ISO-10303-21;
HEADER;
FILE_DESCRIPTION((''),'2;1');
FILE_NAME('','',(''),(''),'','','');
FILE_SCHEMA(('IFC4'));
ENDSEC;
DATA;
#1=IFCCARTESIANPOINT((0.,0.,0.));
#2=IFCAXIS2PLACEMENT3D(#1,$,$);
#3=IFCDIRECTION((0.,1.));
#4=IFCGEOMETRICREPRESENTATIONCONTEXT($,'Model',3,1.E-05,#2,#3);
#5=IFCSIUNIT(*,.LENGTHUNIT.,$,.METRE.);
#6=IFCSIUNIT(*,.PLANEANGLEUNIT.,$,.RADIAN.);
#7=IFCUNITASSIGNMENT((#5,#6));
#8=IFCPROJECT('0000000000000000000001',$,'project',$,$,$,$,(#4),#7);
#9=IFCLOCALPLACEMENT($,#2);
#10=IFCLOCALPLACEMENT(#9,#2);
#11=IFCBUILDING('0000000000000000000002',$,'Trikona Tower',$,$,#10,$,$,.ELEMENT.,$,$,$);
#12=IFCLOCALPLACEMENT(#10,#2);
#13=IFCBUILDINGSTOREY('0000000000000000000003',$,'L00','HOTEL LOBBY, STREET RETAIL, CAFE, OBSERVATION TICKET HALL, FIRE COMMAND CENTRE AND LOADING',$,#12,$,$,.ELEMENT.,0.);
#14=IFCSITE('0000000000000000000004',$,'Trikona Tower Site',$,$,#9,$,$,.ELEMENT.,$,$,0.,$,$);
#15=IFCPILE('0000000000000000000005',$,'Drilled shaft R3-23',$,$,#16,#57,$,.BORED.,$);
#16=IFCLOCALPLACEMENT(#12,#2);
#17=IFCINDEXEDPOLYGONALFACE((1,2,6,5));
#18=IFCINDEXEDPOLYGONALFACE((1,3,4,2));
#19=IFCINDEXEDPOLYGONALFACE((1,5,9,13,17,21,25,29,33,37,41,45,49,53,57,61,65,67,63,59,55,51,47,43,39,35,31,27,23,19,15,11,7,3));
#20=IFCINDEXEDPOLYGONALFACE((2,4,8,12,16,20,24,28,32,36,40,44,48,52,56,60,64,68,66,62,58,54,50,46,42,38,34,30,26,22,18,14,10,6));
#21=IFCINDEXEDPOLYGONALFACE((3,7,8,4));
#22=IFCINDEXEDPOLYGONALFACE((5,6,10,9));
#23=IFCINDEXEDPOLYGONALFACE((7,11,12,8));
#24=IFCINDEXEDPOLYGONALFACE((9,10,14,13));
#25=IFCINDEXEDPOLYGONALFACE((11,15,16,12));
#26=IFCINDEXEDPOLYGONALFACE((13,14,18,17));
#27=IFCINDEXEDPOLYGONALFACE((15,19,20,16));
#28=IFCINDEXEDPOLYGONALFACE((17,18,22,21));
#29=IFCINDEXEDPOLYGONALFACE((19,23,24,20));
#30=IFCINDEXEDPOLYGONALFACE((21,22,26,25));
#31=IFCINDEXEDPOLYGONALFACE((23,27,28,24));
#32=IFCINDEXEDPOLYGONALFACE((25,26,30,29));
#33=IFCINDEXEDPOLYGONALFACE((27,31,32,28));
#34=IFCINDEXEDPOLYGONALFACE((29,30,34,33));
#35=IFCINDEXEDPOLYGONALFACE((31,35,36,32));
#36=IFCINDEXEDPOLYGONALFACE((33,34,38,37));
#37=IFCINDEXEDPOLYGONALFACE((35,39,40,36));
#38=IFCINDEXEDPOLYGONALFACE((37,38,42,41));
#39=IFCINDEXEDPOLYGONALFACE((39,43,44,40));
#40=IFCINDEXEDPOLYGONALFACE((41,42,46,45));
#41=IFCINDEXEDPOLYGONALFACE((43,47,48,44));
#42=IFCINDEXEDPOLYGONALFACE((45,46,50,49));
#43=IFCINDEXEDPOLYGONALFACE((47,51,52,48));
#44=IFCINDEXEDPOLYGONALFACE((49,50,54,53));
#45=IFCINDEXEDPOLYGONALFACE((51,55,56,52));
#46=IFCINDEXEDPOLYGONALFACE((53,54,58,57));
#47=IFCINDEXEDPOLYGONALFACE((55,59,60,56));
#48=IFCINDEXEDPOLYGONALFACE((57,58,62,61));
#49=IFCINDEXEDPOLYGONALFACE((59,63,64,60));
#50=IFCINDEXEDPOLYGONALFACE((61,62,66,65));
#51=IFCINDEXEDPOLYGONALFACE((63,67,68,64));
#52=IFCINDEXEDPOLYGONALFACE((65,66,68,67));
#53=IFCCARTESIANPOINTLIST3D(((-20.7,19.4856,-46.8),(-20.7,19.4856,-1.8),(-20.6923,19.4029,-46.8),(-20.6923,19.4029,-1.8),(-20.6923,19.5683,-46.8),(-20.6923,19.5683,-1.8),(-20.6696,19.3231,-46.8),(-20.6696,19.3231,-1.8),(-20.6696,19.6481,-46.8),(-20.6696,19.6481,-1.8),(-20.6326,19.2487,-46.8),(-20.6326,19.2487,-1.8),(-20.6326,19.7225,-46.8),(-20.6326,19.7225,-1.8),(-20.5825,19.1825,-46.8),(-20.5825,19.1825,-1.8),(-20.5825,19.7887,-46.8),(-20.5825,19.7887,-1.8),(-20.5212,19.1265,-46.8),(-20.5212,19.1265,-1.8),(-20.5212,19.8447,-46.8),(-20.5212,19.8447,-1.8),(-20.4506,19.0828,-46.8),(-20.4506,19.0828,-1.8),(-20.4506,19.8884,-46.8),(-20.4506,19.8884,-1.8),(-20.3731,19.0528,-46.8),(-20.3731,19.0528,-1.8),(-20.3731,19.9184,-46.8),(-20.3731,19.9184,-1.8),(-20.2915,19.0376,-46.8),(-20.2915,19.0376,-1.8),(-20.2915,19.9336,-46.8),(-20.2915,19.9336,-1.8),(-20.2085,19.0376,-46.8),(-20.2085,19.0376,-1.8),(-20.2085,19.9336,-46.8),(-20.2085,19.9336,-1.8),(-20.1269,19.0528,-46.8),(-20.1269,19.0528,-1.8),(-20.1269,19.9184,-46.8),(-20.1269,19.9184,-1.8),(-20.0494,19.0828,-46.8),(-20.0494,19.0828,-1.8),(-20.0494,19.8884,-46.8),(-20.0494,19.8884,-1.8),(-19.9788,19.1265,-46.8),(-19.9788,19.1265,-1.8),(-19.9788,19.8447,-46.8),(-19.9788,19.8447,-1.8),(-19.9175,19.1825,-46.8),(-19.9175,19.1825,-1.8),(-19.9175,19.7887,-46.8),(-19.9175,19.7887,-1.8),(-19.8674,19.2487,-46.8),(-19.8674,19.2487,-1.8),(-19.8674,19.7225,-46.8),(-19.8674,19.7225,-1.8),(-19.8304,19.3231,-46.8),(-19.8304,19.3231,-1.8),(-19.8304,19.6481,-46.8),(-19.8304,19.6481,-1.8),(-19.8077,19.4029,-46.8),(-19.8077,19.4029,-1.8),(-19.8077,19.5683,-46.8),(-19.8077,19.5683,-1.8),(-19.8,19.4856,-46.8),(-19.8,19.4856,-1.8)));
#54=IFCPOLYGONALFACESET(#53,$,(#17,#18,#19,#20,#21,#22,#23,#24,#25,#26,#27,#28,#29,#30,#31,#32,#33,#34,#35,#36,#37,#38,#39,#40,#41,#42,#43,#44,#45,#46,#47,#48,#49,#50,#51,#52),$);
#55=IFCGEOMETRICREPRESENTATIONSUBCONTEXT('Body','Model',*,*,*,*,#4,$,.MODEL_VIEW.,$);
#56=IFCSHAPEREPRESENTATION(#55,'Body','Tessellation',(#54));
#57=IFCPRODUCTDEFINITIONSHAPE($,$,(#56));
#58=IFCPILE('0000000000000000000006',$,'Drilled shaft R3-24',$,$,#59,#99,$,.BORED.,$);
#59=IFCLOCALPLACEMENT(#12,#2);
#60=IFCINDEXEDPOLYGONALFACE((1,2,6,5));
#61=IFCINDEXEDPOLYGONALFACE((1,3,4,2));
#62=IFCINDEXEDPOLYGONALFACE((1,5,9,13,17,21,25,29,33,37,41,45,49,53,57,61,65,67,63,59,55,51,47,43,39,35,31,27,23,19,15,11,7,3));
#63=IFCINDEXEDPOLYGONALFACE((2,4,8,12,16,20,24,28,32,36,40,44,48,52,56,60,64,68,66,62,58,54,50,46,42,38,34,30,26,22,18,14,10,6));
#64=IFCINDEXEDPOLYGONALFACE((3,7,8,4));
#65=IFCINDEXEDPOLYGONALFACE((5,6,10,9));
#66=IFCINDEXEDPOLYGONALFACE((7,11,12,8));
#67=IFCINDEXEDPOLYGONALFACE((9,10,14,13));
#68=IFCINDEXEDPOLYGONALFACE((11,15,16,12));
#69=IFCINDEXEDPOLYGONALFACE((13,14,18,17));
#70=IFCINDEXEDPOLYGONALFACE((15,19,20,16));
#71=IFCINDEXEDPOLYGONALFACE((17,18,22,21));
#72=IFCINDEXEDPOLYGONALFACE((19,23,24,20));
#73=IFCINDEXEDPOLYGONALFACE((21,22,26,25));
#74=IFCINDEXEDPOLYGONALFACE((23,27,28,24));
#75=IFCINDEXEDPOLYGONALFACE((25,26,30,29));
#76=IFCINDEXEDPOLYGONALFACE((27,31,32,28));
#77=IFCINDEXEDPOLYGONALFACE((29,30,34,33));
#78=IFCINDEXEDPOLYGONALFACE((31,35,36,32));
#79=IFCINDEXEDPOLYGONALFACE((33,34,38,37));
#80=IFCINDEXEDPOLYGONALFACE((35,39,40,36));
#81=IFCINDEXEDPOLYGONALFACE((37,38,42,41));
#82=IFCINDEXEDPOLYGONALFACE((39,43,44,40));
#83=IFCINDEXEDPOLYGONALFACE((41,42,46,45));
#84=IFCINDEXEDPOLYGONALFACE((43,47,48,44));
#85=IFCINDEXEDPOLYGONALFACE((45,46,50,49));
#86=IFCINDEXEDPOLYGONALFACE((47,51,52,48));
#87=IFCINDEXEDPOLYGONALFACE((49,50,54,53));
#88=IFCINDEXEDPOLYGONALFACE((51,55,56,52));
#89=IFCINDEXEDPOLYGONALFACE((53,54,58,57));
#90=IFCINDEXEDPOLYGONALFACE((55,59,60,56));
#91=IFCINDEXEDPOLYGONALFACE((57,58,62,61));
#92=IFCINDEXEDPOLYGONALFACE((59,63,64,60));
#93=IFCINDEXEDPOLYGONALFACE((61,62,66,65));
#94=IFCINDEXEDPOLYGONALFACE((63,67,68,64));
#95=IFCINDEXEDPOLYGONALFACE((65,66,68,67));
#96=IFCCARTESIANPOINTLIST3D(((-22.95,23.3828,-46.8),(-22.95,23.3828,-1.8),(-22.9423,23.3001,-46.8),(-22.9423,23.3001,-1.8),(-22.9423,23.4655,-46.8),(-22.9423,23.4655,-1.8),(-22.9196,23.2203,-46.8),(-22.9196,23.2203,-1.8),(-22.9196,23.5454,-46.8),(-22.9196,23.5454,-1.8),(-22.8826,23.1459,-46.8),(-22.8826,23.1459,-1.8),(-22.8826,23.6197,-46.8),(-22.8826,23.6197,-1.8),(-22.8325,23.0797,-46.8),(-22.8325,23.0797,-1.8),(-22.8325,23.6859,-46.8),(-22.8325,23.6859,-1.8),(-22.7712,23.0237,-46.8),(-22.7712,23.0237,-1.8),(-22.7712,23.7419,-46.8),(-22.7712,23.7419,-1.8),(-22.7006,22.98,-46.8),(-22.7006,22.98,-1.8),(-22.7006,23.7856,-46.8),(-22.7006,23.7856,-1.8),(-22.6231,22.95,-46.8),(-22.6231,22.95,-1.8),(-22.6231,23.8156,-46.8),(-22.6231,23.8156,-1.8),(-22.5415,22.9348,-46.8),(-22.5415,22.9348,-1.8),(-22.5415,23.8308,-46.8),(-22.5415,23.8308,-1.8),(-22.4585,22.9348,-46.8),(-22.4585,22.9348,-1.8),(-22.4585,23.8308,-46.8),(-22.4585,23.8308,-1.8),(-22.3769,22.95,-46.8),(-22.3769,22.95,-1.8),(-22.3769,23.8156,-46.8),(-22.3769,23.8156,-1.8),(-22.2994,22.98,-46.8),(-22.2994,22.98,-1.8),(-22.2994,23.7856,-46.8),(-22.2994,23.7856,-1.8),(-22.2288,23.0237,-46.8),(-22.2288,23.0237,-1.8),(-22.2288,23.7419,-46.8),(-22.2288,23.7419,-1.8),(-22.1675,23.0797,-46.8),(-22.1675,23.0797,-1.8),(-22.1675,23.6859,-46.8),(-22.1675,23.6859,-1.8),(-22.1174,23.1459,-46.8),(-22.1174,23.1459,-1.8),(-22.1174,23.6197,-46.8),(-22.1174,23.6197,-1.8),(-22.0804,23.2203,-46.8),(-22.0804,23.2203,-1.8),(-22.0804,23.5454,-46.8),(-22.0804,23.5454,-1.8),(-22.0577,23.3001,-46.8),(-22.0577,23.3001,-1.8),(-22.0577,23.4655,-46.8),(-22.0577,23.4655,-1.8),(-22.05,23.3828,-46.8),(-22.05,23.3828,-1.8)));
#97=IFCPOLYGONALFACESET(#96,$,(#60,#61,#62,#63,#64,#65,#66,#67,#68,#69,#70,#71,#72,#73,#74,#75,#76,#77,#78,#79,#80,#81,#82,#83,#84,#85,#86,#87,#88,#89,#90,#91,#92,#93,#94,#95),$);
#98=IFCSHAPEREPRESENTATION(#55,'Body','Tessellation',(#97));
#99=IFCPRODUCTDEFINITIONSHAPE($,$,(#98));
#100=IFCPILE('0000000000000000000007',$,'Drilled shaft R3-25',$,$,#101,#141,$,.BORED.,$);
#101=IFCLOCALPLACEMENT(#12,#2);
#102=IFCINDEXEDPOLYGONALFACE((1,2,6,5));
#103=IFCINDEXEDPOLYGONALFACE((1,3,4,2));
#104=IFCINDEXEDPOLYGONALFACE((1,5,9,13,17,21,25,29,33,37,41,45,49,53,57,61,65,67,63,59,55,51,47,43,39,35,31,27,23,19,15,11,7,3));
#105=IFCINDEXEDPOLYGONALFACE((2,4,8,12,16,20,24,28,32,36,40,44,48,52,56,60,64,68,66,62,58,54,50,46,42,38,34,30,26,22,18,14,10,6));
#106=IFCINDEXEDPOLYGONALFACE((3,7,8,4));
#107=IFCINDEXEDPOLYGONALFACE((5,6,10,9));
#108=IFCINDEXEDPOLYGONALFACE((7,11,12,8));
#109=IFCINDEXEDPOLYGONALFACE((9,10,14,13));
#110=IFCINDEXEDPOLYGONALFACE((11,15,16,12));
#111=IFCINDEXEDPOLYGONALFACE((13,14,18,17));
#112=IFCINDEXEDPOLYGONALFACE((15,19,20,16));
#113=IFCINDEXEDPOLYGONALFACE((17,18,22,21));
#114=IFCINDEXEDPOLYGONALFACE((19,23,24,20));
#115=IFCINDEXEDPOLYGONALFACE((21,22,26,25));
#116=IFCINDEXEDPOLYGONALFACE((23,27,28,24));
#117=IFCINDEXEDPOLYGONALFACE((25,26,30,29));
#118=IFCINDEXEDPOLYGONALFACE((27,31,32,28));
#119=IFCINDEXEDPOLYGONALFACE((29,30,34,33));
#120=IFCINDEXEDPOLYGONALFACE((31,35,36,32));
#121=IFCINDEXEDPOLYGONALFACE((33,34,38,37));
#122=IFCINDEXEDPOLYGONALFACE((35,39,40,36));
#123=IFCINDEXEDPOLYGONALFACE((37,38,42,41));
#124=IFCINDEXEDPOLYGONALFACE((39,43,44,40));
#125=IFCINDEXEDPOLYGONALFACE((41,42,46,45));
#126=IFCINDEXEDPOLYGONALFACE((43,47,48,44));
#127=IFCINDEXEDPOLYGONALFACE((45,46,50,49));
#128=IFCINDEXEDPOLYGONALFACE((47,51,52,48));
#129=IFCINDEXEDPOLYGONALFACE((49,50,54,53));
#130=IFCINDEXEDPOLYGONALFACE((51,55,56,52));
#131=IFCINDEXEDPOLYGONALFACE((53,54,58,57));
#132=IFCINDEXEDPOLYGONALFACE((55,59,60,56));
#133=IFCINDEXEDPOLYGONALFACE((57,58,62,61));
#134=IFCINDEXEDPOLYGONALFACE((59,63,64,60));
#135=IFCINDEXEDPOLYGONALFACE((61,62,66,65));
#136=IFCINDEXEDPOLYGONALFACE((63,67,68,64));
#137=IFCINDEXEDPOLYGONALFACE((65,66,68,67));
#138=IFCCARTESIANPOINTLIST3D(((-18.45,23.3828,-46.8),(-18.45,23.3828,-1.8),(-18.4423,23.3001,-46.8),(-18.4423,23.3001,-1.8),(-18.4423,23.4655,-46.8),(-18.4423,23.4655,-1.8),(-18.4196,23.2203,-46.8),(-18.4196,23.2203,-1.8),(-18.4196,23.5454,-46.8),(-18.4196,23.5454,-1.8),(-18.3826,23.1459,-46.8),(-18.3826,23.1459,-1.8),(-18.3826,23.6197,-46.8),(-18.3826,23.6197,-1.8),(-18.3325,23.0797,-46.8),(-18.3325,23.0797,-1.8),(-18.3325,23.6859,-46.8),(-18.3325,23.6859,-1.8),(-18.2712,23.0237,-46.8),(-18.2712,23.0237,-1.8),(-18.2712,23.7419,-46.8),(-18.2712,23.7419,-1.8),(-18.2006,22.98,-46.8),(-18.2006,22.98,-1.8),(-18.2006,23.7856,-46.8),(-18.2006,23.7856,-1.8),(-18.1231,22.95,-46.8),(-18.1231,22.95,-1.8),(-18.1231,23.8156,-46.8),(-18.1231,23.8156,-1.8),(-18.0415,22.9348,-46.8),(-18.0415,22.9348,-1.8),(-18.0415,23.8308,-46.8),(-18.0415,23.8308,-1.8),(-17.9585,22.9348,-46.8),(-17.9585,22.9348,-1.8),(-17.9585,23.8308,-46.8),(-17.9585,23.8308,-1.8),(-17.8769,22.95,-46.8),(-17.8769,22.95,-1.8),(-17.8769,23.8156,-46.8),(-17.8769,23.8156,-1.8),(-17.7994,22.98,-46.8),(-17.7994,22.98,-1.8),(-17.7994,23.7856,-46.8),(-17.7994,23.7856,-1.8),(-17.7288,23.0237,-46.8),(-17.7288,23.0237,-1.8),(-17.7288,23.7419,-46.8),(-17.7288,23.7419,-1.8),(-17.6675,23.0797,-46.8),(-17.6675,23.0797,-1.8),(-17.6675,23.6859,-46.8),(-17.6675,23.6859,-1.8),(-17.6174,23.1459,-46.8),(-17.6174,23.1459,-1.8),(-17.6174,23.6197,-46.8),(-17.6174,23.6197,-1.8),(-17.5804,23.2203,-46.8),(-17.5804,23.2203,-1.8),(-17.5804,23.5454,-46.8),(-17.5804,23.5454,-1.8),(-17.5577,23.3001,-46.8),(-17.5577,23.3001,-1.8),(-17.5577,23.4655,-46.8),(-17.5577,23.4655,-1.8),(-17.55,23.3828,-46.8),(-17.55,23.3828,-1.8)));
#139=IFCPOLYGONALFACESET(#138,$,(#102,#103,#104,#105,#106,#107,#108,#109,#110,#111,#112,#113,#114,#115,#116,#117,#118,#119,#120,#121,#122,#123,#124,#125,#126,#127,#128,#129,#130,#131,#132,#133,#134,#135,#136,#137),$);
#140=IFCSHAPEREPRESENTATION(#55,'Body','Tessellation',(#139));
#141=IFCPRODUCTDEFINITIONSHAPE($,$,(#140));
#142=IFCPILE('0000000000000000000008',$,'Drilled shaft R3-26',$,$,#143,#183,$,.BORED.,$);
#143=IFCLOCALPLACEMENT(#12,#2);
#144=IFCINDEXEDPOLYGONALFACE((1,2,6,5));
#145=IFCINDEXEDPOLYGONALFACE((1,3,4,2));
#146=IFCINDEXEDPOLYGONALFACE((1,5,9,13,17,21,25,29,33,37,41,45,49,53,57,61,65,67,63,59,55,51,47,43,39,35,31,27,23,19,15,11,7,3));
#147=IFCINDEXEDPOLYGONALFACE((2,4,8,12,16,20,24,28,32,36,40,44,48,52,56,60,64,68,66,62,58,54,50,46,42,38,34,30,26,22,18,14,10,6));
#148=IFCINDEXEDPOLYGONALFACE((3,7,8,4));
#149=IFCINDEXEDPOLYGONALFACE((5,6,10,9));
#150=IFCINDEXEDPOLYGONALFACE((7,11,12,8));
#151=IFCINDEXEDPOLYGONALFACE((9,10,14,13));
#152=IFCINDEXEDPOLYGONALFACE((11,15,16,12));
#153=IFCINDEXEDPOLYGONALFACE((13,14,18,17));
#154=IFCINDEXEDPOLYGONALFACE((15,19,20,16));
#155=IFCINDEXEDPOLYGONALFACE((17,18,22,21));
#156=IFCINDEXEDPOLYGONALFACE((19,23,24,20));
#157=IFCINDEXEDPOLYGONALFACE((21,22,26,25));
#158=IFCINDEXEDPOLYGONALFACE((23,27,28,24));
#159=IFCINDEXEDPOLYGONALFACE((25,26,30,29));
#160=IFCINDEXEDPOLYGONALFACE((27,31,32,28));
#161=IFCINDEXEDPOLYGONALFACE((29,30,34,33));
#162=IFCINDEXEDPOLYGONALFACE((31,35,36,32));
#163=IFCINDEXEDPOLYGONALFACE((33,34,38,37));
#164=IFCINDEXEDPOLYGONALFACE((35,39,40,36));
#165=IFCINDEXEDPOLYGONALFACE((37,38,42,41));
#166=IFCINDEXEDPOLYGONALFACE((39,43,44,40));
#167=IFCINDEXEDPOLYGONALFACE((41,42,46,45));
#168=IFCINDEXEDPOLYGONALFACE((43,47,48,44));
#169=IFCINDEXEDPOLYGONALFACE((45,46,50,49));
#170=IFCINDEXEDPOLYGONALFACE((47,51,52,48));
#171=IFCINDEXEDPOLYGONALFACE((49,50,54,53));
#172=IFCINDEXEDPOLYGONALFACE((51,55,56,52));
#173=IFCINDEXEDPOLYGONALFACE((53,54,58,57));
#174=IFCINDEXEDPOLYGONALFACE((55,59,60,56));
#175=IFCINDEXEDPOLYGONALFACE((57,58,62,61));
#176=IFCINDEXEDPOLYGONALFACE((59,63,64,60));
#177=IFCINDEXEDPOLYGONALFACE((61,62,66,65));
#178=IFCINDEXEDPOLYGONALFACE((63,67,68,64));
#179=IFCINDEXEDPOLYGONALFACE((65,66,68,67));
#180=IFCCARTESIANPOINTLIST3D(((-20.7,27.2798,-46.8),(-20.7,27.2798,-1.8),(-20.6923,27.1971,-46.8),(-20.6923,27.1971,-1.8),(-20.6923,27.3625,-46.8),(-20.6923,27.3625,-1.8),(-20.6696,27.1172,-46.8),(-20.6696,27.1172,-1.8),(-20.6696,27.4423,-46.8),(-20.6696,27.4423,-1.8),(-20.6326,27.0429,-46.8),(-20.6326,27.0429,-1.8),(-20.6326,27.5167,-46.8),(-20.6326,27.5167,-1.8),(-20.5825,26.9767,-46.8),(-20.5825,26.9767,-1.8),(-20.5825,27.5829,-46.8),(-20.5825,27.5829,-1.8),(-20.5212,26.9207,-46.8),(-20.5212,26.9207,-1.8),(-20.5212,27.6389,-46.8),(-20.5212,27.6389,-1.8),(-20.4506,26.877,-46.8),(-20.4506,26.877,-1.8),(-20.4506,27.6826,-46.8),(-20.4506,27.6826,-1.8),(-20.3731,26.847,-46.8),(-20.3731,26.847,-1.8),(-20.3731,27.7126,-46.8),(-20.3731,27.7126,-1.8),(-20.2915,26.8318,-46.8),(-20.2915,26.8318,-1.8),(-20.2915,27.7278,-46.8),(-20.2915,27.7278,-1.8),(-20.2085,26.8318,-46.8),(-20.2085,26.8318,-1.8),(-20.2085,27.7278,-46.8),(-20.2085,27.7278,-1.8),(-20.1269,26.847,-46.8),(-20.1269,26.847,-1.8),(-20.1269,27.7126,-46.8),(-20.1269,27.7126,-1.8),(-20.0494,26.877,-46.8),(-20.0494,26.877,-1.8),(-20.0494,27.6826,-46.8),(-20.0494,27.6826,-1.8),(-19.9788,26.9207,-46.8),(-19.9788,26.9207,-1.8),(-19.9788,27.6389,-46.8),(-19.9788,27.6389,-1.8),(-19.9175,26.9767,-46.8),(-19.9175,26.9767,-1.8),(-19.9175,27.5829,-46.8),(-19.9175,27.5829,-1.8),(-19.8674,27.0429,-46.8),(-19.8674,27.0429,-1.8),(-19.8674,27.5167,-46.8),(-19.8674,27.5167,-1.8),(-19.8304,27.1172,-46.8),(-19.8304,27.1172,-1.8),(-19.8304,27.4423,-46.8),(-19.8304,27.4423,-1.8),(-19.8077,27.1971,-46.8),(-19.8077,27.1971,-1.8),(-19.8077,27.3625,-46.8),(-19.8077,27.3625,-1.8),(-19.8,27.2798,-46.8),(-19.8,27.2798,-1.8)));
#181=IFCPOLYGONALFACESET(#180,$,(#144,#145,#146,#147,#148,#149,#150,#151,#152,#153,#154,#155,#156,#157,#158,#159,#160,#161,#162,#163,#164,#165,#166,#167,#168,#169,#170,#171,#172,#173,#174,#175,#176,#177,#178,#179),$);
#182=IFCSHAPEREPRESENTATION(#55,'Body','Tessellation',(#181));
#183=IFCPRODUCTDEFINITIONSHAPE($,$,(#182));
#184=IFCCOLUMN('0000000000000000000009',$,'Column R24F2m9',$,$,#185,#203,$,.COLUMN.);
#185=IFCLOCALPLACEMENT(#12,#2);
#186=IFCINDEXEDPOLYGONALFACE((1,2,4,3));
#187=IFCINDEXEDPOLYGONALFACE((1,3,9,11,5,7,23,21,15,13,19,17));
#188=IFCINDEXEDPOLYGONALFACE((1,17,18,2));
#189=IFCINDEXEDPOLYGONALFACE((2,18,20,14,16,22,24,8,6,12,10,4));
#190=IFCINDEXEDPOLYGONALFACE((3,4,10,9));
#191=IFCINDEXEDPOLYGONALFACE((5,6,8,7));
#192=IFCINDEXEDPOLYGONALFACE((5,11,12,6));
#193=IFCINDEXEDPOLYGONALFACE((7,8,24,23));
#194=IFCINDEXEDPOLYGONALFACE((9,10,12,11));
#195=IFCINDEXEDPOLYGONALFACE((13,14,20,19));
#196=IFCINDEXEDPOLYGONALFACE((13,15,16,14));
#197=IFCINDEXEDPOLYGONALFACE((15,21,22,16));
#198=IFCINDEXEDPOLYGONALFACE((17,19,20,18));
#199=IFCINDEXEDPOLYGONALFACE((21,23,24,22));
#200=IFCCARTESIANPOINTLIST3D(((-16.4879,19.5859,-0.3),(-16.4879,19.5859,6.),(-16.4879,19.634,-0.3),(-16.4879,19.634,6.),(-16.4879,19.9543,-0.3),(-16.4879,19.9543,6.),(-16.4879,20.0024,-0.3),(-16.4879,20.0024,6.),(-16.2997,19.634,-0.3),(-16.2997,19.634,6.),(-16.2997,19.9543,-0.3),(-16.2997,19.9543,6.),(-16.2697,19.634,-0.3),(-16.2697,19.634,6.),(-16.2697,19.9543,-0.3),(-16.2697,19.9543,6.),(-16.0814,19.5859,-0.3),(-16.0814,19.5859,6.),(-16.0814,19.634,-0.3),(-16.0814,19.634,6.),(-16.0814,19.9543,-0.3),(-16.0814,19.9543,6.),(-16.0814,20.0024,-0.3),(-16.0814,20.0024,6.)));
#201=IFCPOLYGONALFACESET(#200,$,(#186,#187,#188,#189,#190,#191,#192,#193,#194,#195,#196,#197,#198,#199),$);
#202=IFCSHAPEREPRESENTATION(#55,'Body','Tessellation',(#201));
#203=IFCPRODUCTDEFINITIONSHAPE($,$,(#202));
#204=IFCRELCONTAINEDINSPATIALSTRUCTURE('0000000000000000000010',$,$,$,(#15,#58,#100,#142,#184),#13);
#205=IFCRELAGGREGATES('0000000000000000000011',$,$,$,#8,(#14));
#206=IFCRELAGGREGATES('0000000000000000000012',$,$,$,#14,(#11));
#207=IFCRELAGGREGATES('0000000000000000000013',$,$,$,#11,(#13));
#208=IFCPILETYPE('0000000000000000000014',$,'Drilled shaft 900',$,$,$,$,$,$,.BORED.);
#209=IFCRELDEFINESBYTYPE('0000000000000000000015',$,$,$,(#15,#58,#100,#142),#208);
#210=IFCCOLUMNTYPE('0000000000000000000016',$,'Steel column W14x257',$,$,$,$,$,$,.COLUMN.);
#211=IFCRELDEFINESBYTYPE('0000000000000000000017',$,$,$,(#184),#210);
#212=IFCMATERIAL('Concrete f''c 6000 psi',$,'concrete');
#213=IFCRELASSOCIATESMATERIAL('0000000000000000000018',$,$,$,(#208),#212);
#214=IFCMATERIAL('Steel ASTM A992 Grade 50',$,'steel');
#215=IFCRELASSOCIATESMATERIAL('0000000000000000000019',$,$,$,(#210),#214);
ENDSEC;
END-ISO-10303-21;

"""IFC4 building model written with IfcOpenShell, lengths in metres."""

from ifc_helpers import new_model, si_unit, direction, frame, origin, origin_2d, place, context, subcontext, project, spatial, circle, i_section, extrude, material, material_profile, profile_set, type_object, element, save


model = new_model("IFC4")

# Units and contexts
model_context = context("Model", 3, precision=1e-05, world=origin(), true_north=direction((0.0, 1.0)))
body_context = subcontext(model_context, "Body", "Model", "MODEL_VIEW")
ifc_project = project(units=[si_unit("LENGTHUNIT", "METRE"), si_unit("PLANEANGLEUNIT", "RADIAN")], contexts=[model_context])

# Site, building, storey
site_placement = place(None, origin())
site = spatial("IfcSite", under=ifc_project, at=site_placement, Name="Trikona Tower Site", CompositionType="ELEMENT", RefElevation=0.0)
building_placement = place(site_placement, origin())
building = spatial("IfcBuilding", under=site, at=building_placement, Name="Trikona Tower", CompositionType="ELEMENT")
storey_placement = place(building_placement, origin())
storey = spatial("IfcBuildingStorey", under=building, at=storey_placement, Name="L00", Description="HOTEL LOBBY, STREET RETAIL, CAFE, OBSERVATION TICKET HALL, FIRE COMMAND CENTRE AND LOADING", CompositionType="ELEMENT", Elevation=0.0)

# Piles
ifc_material_1 = material(Name="Concrete f'c 6000 psi", Category="concrete")
pile_type_1 = type_object("IfcPileType", Name="Drilled shaft 900", PredefinedType="BORED", material=ifc_material_1)
for number, where, z_axis, x_axis, name in (
    (1, (-20.25, 19.4856, -1.8), (0.0, 0.0, -1.0), (1.0, 0.0, 0.0), "Drilled shaft R3-23"),
    (2, (-22.5, 23.3828, -1.8), (0.0, 0.0, -1.0), (1.0, 0.0, 0.0), "Drilled shaft R3-24"),
    (3, (-18.0, 23.3828, -1.8), (0.0, 0.0, -1.0), (1.0, 0.0, 0.0), "Drilled shaft R3-25"),
    (4, (-20.25, 27.2798, -1.8), (0.0, 0.0, -1.0), (1.0, 0.0, 0.0), "Drilled shaft R3-26"),
):
    element("IfcPile", number, at=place(storey_placement, frame(where, z_axis=z_axis, x_axis=x_axis)), inside=storey, type_object=pile_type_1, Name=name, PredefinedType="BORED", context=body_context, shape_type="SweptSolid", body=[
        extrude(circle(Radius=0.45, at=origin_2d()), origin(), (0.0, 0.0, 1.0), 45.0),
    ])

# Column
ifc_material_2 = material(Name="Steel ASTM A992 Grade 50", Category="steel")
ifc_material_profile_1 = material_profile(ifc_material_2, i_section(OverallWidth=0.4065, OverallDepth=0.4165, WebThickness=0.03, FlangeThickness=0.0481, at=origin_2d()), Name="W14X257")
ifc_profile_set_1 = profile_set([ifc_material_profile_1], Name="Steel ASTM A992 Grade 50")
column_type = type_object("IfcColumnType", Name="Steel column W14x257", PredefinedType="COLUMN", material=ifc_profile_set_1)
for number, where, z_axis, x_axis, name in (
    (5, (-16.2847, 19.7942, -0.3), (0.0, 0.0, 1.0), (1.0, 0.0, 0.0), "Column R24F2m9"),
):
    element("IfcColumn", number, at=place(storey_placement, frame(where, z_axis=z_axis, x_axis=x_axis)), inside=storey, type_object=column_type, Name=name, PredefinedType="COLUMN", context=body_context, shape_type="SweptSolid", body=[
        extrude(i_section(OverallWidth=0.4065, OverallDepth=0.4165, WebThickness=0.03, FlangeThickness=0.0481, at=origin_2d()), origin(), (0.0, 0.0, 1.0), 6.3),
    ])

save(model, "model.ifc")
